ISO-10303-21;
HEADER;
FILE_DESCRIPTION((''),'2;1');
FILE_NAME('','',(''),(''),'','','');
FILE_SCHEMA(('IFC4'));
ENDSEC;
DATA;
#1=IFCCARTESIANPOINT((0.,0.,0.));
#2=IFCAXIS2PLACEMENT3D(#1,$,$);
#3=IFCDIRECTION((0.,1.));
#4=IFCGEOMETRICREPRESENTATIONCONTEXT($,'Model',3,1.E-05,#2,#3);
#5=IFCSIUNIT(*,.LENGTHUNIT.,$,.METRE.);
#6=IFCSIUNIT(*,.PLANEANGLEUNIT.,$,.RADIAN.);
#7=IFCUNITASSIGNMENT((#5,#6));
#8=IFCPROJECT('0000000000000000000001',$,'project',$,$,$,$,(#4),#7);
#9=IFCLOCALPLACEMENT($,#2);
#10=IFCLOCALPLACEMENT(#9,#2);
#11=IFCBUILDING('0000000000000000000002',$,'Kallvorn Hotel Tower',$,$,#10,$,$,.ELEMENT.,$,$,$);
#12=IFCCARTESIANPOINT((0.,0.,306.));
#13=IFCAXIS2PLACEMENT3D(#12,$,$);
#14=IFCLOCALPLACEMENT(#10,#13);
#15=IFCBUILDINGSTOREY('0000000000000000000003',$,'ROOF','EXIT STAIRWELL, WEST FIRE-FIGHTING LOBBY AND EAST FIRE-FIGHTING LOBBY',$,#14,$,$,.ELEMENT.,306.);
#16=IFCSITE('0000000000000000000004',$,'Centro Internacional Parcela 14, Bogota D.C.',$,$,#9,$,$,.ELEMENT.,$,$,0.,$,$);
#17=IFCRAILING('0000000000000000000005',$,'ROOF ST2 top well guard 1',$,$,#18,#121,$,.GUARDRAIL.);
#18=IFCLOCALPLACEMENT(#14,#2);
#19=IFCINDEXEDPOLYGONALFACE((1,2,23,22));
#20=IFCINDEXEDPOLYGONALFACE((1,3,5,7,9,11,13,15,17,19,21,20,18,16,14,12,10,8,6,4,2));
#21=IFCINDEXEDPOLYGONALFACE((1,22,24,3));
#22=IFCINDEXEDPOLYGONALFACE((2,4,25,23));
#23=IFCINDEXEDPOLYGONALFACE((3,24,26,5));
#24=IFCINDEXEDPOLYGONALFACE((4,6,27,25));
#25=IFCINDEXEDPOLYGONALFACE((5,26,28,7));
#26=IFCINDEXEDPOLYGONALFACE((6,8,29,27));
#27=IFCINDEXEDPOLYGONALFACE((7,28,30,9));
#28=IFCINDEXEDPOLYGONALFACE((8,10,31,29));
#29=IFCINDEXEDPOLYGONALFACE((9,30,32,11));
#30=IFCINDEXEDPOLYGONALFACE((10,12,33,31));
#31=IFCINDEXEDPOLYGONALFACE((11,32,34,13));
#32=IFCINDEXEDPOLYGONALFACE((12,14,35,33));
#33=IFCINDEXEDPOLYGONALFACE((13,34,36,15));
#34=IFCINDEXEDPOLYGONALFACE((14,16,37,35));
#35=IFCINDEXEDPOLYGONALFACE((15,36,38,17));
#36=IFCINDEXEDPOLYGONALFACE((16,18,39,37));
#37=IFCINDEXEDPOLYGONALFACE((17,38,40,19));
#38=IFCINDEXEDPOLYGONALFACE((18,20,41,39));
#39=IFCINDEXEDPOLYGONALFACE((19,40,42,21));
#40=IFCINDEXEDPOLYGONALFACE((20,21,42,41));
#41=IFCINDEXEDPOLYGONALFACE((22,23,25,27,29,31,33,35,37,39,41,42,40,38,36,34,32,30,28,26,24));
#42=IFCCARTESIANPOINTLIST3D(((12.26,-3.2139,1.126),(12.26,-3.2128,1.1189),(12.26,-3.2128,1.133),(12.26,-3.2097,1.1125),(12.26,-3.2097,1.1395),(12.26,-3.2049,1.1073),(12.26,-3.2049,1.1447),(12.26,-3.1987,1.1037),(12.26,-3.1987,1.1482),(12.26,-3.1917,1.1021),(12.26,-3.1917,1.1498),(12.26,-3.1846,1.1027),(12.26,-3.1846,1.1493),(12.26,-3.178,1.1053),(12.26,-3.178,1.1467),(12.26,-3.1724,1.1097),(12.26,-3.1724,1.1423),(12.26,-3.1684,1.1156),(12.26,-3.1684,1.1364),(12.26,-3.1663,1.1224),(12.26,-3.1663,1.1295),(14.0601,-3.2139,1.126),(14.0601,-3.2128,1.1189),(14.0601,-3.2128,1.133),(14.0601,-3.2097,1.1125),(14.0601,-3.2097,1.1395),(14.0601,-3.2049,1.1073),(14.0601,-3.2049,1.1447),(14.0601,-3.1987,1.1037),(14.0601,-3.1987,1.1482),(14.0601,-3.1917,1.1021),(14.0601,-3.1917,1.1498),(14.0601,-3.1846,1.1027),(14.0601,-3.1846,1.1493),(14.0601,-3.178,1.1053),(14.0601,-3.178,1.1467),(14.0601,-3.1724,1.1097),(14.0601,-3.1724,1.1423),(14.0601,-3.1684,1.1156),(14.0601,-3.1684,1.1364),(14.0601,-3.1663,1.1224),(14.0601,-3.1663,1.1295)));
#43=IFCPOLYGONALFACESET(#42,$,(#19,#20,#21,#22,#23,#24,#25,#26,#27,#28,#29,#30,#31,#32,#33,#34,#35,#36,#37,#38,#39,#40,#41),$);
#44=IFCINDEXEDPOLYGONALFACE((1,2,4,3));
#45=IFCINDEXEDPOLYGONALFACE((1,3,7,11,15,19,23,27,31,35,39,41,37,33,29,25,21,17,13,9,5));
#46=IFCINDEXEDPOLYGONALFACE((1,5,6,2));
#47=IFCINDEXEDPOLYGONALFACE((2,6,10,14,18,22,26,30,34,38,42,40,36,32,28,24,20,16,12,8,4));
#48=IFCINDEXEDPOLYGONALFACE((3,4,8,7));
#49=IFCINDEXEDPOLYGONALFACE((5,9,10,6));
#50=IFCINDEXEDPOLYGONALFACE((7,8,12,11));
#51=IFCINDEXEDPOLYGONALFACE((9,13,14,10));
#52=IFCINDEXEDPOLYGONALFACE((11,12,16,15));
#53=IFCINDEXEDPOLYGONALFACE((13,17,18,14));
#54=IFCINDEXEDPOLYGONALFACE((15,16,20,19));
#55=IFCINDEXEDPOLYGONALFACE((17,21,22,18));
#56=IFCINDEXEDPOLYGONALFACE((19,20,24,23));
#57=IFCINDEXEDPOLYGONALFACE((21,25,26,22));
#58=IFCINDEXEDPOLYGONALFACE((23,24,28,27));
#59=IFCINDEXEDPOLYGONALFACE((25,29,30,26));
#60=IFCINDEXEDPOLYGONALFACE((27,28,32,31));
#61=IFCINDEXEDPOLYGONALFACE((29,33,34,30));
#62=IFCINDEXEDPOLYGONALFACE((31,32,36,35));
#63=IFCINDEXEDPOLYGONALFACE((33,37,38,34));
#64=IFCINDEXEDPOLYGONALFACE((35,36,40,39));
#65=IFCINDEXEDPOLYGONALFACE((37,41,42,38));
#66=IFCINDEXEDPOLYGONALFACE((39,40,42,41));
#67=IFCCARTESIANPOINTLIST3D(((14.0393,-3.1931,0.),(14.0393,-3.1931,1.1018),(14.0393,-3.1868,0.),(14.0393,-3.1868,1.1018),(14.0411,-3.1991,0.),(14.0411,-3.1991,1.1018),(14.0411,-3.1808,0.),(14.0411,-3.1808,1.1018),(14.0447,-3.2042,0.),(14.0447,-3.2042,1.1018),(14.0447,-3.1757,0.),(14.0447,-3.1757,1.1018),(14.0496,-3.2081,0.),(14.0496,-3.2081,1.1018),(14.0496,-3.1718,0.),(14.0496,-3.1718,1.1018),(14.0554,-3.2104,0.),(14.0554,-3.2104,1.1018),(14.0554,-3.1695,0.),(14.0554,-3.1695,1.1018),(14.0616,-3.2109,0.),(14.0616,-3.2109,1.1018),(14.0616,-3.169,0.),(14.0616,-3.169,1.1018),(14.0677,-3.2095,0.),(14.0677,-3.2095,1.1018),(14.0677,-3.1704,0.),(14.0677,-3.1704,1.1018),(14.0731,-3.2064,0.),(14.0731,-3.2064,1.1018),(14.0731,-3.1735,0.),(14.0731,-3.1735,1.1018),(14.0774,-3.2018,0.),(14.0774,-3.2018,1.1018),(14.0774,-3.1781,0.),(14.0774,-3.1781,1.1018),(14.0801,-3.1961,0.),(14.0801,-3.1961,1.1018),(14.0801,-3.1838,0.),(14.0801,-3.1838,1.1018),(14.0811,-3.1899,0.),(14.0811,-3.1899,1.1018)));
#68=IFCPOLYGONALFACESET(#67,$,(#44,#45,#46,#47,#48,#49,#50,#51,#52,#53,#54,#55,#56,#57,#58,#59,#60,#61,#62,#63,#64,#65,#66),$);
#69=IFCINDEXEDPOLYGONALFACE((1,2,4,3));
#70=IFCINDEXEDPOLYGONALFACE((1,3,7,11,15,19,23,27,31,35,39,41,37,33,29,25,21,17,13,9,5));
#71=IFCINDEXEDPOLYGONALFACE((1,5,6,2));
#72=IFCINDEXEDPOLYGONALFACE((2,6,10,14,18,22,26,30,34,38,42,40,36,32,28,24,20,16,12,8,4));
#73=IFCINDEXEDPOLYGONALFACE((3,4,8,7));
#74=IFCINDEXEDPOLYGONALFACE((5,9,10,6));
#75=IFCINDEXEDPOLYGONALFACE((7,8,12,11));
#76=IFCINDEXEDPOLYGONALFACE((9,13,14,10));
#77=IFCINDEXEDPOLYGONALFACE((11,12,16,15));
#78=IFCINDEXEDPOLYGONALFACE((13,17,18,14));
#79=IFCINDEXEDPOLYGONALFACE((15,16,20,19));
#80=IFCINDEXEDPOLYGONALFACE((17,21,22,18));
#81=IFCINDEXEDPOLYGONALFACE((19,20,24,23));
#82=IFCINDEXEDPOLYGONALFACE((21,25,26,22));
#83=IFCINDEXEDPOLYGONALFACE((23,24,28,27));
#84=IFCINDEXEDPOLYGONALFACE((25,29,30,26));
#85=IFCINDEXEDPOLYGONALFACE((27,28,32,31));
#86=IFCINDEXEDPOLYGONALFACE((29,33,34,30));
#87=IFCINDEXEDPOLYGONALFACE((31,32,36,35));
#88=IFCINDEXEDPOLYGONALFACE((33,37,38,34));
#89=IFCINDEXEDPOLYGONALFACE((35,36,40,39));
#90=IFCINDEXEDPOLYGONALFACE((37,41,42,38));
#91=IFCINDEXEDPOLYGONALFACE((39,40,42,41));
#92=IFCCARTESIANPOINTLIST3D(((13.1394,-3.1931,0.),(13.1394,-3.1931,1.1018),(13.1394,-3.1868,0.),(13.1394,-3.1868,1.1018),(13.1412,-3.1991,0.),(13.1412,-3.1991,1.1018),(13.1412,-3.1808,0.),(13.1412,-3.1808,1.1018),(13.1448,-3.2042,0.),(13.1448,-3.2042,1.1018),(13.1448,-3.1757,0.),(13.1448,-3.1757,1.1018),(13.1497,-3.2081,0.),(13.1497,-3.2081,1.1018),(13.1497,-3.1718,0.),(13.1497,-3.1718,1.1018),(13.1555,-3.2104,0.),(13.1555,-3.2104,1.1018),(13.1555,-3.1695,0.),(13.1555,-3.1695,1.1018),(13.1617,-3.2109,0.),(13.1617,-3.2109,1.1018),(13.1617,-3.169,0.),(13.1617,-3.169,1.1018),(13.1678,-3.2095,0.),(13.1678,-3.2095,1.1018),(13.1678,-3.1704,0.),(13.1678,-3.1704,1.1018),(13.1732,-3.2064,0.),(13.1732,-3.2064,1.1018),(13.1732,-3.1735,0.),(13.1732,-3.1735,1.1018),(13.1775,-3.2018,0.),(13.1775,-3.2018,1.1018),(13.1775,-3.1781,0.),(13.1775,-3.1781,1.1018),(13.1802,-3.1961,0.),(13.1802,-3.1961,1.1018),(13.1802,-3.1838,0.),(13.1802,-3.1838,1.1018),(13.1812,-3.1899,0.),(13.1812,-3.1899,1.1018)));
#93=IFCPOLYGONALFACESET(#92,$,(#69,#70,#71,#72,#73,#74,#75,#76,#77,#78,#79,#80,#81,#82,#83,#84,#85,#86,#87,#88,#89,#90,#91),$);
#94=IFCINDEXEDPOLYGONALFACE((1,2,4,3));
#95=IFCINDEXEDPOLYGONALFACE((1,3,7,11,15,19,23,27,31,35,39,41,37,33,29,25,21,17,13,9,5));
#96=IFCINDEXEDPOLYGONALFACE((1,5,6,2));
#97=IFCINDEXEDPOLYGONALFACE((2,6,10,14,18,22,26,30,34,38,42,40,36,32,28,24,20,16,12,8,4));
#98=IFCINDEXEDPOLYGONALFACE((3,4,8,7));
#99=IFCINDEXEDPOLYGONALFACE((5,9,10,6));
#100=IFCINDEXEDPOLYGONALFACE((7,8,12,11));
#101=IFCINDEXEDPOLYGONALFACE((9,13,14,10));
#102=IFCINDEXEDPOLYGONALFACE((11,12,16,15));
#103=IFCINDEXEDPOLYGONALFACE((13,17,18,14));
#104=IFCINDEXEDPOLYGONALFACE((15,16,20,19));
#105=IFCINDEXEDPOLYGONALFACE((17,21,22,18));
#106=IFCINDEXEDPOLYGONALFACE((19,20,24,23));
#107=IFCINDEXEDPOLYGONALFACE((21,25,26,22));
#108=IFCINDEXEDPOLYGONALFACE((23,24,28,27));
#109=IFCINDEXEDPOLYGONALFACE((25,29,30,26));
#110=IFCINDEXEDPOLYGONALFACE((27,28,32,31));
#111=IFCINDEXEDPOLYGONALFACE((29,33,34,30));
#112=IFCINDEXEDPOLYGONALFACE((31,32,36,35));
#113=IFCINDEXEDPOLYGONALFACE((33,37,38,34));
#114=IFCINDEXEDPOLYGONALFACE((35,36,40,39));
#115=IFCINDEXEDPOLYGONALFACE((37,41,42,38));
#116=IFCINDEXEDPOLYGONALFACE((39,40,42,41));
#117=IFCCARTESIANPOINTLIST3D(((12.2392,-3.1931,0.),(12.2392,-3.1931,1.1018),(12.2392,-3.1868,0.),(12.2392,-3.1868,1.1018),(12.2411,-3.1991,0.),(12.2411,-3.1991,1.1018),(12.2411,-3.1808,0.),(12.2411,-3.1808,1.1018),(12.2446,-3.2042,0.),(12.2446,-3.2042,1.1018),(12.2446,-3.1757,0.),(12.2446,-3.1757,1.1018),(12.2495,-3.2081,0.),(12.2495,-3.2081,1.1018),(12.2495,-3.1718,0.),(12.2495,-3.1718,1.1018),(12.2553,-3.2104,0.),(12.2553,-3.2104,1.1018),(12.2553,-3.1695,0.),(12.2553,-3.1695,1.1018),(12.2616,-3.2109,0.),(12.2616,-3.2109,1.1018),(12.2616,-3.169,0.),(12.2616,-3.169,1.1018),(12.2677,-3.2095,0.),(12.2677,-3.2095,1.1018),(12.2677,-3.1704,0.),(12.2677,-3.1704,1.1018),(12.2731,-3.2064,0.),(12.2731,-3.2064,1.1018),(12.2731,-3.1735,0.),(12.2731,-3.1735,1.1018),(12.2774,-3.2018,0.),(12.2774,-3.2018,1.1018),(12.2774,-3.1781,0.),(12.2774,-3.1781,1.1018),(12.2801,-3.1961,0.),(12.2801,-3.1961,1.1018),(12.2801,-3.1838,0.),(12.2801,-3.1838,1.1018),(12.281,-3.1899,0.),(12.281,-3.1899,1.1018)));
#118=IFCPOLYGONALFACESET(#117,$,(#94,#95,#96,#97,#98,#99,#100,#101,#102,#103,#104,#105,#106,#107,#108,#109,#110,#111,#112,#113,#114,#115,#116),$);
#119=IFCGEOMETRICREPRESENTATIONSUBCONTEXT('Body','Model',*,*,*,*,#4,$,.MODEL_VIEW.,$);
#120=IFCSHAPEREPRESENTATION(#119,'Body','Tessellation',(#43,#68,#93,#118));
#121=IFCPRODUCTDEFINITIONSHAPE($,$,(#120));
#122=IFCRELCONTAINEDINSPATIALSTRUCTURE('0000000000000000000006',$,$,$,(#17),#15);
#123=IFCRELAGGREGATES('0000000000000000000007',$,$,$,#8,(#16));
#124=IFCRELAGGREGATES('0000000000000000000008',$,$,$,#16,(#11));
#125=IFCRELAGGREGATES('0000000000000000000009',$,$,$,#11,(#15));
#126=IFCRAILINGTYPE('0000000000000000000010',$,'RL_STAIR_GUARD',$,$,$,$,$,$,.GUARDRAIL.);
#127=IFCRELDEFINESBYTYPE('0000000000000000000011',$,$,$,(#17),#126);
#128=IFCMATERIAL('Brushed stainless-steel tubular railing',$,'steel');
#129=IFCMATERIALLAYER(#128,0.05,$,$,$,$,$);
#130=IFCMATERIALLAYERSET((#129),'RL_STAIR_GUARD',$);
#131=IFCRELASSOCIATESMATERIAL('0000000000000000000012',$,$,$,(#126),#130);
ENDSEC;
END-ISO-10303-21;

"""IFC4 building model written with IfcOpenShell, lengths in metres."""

from ifc_helpers import new_model, si_unit, direction, frame, origin, origin_2d, place, context, subcontext, project, spatial, circle, extrude, material, layer, layer_set, type_object, element, save


model = new_model("IFC4")

# Units and contexts
model_context = context("Model", 3, precision=1e-05, world=origin(), true_north=direction((0.0, 1.0)))
body_context = subcontext(model_context, "Body", "Model", "MODEL_VIEW")
ifc_project = project(units=[si_unit("LENGTHUNIT", "METRE"), si_unit("PLANEANGLEUNIT", "RADIAN")], contexts=[model_context])

# Site, building, storey
site_placement = place(None, origin())
site = spatial("IfcSite", under=ifc_project, at=site_placement, Name="Centro Internacional Parcela 14, Bogota D.C.", CompositionType="ELEMENT", RefElevation=0.0)
building_placement = place(site_placement, origin())
building = spatial("IfcBuilding", under=site, at=building_placement, Name="Kallvorn Hotel Tower", CompositionType="ELEMENT")
storey_placement = place(building_placement, frame((0.0, 0.0, 306.0)))
storey = spatial("IfcBuildingStorey", under=building, at=storey_placement, Name="ROOF", Description="EXIT STAIRWELL, WEST FIRE-FIGHTING LOBBY AND EAST FIRE-FIGHTING LOBBY", CompositionType="ELEMENT", Elevation=306.0)

# Railing
ifc_material_1 = material(Name="Brushed stainless-steel tubular railing", Category="steel")
ifc_layer_1 = layer(ifc_material_1, 0.05)
ifc_layer_set_1 = layer_set([ifc_layer_1], Name="RL_STAIR_GUARD")
railing_type = type_object("IfcRailingType", Name="RL_STAIR_GUARD", PredefinedType="GUARDRAIL", material=ifc_layer_set_1)
railing_placement = place(storey_placement, frame((14.0601, -3.1899, 0.0)))
element("IfcRailing", 1, at=railing_placement, inside=storey, type_object=railing_type, Name="ROOF ST2 top well guard 1", PredefinedType="GUARDRAIL", context=body_context, shape_type="SweptSolid", body=[
    extrude(circle(Radius=0.0239, at=origin_2d()), frame((0.0, 0.0, 1.126), z_axis=(-1.0, 0.0, 0.0), x_axis=(0.0, -1.0, 0.0)), (0.0, 0.0, 1.0), 1.8),
    extrude(circle(Radius=0.021, at=origin_2d()), origin(), (0.0, 0.0, 1.0), 1.1018),
    extrude(circle(Radius=0.021, at=origin_2d()), frame((-0.8999, 0.0, 0.0)), (0.0, 0.0, 1.0), 1.1018),
    extrude(circle(Radius=0.021, at=origin_2d()), frame((-1.8, 0.0, 0.0)), (0.0, 0.0, 1.0), 1.1018),
])

save(model, "model.ifc")
